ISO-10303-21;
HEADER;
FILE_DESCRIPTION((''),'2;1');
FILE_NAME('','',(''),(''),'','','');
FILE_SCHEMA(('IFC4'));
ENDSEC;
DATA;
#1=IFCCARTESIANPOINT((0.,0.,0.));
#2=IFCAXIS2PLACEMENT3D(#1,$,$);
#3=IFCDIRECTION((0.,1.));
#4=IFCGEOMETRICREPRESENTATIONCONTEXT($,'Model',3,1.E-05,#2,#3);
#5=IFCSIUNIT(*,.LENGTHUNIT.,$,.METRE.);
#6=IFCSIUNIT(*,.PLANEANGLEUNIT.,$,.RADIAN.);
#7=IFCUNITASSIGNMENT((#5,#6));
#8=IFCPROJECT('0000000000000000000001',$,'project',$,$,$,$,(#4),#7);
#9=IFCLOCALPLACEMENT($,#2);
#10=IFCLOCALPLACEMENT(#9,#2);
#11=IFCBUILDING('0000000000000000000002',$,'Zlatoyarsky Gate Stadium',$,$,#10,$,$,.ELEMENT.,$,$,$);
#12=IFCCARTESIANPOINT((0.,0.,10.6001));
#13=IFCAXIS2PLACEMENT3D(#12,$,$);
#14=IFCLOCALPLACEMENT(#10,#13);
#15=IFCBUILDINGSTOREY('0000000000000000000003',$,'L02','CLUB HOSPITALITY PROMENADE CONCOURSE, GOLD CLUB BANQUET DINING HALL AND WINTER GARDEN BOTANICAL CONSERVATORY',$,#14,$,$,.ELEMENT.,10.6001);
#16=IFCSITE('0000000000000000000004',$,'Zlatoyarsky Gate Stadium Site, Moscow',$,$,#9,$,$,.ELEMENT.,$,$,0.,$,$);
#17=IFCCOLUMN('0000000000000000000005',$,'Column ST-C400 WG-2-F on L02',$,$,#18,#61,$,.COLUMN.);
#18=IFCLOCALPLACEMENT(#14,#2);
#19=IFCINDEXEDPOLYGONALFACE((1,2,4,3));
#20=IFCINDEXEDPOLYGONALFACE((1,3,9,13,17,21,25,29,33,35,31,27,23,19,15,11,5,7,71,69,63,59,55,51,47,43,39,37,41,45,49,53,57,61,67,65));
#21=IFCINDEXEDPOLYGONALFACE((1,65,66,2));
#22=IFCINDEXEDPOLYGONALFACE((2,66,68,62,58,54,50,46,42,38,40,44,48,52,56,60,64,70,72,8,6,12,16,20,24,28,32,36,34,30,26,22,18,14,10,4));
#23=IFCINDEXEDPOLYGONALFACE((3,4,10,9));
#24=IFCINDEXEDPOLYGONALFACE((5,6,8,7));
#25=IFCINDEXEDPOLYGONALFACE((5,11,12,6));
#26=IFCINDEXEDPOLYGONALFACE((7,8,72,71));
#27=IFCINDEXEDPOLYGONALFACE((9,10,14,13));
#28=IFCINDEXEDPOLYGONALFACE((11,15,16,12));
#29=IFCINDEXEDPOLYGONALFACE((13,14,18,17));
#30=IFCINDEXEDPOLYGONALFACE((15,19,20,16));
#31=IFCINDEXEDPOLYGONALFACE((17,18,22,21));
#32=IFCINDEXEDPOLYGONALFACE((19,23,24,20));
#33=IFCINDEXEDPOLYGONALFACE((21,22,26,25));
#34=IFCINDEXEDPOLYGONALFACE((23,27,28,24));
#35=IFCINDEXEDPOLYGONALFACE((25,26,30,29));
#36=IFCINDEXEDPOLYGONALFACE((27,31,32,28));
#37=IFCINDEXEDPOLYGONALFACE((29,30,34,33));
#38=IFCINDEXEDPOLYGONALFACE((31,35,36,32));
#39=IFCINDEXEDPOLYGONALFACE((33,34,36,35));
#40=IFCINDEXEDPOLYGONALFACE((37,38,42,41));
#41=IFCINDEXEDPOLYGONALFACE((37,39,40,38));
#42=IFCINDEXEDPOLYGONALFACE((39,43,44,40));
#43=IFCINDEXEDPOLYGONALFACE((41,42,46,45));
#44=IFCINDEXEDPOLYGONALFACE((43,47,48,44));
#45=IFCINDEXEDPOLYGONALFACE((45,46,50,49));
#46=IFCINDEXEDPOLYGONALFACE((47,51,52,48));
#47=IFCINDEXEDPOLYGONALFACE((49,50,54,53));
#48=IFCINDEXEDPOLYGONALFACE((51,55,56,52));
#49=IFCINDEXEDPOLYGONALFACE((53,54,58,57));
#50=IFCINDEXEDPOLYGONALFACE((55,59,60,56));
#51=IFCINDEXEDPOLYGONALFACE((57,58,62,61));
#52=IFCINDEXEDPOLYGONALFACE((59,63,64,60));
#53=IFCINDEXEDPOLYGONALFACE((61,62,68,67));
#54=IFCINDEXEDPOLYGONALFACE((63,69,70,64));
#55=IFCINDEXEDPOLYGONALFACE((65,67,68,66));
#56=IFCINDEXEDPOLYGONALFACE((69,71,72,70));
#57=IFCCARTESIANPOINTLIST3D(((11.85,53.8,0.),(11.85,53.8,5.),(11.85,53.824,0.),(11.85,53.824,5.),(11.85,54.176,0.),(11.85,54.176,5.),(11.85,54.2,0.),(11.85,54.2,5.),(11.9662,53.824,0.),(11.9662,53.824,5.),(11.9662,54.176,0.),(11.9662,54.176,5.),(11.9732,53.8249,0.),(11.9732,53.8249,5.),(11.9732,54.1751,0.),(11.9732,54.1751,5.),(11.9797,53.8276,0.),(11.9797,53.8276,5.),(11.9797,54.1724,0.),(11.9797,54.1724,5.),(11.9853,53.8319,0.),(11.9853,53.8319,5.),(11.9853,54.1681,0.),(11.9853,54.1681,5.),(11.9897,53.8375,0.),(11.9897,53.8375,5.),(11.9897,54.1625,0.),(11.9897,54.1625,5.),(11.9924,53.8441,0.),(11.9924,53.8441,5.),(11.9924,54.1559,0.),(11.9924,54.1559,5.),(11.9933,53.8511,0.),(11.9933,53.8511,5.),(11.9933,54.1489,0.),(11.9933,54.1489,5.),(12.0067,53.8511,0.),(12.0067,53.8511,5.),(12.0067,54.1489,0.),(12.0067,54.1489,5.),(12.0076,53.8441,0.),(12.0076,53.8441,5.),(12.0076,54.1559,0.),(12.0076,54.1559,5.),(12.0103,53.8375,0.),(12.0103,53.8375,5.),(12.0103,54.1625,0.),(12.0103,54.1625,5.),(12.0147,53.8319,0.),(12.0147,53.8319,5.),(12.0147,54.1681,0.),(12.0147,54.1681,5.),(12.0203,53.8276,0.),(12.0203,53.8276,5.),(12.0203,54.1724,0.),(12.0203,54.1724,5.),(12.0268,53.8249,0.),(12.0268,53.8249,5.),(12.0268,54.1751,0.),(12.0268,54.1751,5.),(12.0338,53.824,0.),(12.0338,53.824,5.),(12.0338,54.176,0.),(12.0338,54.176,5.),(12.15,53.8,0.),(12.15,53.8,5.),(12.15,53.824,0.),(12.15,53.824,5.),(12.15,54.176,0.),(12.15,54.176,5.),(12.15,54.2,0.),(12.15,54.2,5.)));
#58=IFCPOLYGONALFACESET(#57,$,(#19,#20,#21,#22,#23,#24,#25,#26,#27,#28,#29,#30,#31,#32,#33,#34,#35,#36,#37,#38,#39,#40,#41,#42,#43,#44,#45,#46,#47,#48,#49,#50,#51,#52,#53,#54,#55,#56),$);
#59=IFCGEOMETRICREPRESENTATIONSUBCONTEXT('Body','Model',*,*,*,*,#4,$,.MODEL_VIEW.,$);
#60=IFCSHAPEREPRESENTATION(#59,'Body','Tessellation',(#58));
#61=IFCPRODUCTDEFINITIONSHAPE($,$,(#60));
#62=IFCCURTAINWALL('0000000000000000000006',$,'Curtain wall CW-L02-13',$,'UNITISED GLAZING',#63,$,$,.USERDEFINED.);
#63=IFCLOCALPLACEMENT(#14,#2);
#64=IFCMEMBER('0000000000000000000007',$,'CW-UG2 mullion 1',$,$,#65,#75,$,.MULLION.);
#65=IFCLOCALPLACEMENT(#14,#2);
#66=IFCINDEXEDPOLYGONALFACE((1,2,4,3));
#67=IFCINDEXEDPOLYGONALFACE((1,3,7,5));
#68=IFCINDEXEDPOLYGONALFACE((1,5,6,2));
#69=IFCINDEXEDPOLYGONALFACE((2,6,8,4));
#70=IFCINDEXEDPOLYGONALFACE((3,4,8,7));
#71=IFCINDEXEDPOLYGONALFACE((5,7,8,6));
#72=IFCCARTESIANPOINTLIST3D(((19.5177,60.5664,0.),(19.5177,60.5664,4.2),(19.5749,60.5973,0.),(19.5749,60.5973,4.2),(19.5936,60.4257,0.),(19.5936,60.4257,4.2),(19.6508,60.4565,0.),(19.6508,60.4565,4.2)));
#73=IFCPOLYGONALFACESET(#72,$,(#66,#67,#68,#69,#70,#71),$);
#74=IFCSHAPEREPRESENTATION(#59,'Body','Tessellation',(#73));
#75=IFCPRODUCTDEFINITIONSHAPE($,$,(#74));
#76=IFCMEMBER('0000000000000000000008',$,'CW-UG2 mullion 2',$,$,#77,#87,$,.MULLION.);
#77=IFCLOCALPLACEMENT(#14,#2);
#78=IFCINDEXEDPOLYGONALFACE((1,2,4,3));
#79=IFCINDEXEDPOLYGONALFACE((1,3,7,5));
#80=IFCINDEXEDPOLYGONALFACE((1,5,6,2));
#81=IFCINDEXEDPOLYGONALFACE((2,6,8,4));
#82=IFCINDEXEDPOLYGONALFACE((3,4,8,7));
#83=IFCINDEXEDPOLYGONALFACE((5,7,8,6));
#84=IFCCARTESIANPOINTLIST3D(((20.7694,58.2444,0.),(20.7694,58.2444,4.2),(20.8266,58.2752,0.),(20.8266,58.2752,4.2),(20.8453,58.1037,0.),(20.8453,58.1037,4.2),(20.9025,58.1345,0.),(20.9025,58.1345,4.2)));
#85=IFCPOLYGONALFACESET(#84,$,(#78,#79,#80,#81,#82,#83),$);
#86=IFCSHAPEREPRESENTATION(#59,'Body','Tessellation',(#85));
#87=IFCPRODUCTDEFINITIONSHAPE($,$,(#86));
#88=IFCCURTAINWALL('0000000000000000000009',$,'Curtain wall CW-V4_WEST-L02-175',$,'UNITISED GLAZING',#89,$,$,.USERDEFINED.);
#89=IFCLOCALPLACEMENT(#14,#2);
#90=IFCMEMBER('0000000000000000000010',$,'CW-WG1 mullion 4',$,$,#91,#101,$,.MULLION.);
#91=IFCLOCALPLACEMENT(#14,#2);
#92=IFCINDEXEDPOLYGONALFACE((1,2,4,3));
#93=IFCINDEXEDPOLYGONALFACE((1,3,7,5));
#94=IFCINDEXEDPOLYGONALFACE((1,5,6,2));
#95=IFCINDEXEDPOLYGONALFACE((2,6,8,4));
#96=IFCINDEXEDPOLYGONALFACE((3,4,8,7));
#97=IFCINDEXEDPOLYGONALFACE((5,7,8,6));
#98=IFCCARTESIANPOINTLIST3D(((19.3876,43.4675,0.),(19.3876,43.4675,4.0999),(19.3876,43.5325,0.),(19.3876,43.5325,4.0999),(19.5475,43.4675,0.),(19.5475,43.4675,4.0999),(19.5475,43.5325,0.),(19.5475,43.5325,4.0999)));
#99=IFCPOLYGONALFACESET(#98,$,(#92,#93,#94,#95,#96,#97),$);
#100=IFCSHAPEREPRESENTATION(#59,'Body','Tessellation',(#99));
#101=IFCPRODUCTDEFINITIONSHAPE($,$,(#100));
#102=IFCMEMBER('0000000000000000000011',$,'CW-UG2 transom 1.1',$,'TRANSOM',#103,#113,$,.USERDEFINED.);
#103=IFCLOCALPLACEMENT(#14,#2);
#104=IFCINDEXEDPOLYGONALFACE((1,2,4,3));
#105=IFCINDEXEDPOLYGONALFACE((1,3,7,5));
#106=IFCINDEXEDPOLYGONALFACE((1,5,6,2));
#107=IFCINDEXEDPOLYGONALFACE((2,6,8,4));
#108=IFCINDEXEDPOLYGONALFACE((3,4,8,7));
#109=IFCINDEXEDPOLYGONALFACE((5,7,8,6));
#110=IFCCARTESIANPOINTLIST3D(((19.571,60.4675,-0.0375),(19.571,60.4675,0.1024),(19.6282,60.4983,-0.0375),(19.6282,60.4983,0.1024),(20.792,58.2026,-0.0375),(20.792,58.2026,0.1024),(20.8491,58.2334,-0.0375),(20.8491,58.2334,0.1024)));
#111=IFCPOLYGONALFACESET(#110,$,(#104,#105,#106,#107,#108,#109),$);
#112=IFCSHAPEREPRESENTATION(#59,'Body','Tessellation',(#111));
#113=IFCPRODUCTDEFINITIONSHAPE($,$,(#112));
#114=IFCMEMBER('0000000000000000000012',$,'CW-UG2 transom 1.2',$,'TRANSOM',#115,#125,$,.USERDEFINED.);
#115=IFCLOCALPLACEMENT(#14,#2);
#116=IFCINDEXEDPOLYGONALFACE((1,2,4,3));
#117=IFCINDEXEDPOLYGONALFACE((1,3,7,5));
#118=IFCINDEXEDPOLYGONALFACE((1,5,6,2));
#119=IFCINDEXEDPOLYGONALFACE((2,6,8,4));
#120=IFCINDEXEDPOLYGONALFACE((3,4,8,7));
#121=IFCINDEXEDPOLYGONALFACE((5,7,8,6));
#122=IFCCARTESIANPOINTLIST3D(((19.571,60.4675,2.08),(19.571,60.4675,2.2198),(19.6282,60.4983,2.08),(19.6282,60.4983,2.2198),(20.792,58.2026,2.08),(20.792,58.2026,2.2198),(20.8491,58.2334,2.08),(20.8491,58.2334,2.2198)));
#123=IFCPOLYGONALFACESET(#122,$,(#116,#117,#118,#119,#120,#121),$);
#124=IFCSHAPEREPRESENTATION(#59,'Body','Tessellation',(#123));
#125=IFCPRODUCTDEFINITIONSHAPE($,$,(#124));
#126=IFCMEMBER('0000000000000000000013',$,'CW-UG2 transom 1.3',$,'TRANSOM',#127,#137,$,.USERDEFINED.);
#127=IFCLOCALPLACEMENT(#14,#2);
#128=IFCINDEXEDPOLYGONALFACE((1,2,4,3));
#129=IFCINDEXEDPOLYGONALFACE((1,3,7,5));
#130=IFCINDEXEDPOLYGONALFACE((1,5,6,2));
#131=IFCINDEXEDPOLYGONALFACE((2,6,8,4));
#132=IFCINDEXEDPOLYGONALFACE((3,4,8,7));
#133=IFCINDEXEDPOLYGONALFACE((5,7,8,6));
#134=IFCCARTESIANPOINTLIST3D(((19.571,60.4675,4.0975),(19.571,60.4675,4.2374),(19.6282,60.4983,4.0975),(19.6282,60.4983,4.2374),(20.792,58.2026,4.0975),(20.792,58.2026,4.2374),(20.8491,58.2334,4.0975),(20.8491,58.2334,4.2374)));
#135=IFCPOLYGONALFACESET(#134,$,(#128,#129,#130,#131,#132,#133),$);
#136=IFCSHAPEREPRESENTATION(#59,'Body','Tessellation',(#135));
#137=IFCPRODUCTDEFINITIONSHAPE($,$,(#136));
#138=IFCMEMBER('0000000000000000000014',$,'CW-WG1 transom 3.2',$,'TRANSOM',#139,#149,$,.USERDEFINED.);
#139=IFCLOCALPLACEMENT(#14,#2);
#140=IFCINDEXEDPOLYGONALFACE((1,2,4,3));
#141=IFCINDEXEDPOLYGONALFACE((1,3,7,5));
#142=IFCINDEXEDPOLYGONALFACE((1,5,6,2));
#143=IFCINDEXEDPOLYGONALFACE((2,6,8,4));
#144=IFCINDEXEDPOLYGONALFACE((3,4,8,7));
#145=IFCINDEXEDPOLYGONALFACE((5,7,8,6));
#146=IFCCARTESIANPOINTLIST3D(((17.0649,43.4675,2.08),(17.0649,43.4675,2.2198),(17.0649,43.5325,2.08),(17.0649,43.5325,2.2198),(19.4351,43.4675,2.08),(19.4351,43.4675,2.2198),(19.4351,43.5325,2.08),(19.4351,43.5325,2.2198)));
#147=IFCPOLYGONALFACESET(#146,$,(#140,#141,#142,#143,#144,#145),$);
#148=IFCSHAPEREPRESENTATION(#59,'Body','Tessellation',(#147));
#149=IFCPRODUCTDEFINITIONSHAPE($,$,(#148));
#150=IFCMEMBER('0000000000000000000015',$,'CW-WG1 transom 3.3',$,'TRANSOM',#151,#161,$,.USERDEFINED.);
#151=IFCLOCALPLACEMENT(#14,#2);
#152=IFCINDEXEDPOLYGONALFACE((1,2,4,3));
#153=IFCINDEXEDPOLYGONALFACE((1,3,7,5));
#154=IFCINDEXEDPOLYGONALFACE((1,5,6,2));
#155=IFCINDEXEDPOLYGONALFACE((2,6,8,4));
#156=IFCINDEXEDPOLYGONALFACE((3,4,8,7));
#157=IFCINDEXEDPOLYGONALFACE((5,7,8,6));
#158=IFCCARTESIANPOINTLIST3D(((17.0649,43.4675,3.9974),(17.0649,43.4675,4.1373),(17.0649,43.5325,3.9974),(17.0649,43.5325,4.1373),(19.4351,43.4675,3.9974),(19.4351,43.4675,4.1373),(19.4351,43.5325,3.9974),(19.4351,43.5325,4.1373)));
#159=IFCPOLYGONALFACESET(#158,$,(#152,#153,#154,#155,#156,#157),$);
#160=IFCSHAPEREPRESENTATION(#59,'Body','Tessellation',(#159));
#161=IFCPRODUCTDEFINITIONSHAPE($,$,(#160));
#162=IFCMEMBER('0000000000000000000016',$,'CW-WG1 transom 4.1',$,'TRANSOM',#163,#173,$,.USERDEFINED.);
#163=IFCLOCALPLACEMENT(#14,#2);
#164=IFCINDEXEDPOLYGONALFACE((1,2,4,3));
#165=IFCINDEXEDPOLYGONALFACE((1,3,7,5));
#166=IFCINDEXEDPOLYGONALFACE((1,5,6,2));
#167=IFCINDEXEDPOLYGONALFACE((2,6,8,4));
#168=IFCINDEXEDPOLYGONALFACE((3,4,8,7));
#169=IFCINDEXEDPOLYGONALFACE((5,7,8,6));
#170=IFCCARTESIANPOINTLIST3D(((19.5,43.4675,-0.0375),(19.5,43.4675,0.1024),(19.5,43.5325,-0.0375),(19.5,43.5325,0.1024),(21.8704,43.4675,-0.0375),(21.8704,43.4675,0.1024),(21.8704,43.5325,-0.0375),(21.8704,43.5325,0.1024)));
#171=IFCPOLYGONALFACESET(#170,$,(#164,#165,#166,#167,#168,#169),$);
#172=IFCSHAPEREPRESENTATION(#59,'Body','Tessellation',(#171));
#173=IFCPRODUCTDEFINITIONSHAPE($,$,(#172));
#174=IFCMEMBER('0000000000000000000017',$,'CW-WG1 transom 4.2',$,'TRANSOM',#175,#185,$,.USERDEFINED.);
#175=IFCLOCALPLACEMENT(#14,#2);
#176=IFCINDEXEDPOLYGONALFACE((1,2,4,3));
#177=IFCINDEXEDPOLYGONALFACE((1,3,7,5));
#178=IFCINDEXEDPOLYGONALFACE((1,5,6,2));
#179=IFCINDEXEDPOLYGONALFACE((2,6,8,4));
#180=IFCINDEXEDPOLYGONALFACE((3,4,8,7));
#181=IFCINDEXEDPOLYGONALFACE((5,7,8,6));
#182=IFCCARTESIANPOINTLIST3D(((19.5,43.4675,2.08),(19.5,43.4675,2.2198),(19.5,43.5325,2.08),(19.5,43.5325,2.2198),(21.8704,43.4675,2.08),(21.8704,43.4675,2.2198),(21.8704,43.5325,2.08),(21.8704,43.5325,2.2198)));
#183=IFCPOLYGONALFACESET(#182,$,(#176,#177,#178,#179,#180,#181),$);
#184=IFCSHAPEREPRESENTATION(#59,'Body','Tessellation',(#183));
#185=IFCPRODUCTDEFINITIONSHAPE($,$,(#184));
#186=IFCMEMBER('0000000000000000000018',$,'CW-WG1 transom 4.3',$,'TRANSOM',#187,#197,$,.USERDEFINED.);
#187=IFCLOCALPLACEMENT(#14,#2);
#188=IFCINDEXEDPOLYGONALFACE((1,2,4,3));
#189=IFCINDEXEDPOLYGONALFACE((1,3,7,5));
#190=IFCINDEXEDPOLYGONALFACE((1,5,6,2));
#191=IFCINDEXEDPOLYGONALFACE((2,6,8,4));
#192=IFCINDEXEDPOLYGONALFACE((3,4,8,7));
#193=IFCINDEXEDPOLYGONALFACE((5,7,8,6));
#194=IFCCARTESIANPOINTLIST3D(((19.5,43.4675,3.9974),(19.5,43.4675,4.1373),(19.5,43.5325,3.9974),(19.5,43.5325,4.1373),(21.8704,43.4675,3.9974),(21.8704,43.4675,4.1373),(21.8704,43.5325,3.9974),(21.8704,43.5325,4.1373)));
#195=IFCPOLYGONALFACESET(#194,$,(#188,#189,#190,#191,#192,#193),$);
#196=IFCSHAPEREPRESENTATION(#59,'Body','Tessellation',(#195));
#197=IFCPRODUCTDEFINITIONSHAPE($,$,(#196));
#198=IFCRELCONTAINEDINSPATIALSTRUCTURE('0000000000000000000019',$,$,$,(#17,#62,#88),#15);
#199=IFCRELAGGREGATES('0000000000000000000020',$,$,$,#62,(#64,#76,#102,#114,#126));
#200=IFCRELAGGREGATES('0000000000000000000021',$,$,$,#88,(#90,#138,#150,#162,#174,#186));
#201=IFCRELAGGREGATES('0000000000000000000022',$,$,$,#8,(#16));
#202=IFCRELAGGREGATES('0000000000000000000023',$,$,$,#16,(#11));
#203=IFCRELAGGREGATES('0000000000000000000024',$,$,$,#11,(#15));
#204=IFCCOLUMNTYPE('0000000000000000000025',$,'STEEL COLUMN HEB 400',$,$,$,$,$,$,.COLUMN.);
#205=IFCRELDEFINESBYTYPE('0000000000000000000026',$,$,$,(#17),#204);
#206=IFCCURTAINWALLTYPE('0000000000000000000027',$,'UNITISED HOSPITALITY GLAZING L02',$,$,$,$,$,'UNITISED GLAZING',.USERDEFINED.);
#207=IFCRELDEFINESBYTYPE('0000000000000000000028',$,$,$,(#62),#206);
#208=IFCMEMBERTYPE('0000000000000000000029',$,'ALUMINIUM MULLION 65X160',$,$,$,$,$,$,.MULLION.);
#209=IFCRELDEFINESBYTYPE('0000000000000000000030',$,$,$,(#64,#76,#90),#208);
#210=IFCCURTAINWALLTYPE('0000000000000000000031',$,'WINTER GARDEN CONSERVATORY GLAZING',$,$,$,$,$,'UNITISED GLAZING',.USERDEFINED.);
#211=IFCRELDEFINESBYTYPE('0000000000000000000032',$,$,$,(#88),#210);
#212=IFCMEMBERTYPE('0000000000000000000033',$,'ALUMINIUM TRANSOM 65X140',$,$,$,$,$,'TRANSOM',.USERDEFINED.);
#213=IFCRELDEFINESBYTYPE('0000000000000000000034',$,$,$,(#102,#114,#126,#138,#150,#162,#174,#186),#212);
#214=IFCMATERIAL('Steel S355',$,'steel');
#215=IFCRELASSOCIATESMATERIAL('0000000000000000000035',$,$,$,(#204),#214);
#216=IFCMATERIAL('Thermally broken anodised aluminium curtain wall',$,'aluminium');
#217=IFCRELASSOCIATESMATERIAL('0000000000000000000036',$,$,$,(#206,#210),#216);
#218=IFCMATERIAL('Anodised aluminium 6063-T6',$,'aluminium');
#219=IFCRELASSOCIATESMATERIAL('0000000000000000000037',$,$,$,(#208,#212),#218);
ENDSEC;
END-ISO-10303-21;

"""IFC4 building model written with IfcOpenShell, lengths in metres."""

from ifc_helpers import new_model, si_unit, direction, frame, origin, origin_2d, place, context, subcontext, project, spatial, rectangle, i_section, extrude, material, material_profile, profile_set, type_object, element, aggregate, save


model = new_model("IFC4")

# Units and contexts
model_context = context("Model", 3, precision=1e-05, world=origin(), true_north=direction((0.0, 1.0)))
body_context = subcontext(model_context, "Body", "Model", "MODEL_VIEW")
ifc_project = project(units=[si_unit("LENGTHUNIT", "METRE"), si_unit("PLANEANGLEUNIT", "RADIAN")], contexts=[model_context])

# Site, building, storey
site_placement = place(None, origin())
site = spatial("IfcSite", under=ifc_project, at=site_placement, Name="Zlatoyarsky Gate Stadium Site, Moscow", CompositionType="ELEMENT", RefElevation=0.0)
building_placement = place(site_placement, origin())
building = spatial("IfcBuilding", under=site, at=building_placement, Name="Zlatoyarsky Gate Stadium", CompositionType="ELEMENT")
storey_placement = place(building_placement, frame((0.0, 0.0, 10.6001)))
storey = spatial("IfcBuildingStorey", under=building, at=storey_placement, Name="L02", Description="CLUB HOSPITALITY PROMENADE CONCOURSE, GOLD CLUB BANQUET DINING HALL AND WINTER GARDEN BOTANICAL CONSERVATORY", CompositionType="ELEMENT", Elevation=10.6001)

# Column
ifc_material_1 = material(Name="Steel S355", Category="steel")
ifc_material_profile_1 = material_profile(ifc_material_1, i_section(OverallWidth=0.3, OverallDepth=0.3999, WebThickness=0.0134, FlangeThickness=0.0239, FilletRadius=0.0271, at=origin_2d()), Name="HEB 400")
ifc_profile_set_1 = profile_set([ifc_material_profile_1], Name="Steel S355")
column_type = type_object("IfcColumnType", Name="STEEL COLUMN HEB 400", PredefinedType="COLUMN", material=ifc_profile_set_1)
column_placement = place(storey_placement, frame((12.0, 54.0, 0.0), z_axis=(0.0, 0.0, 1.0), x_axis=(1.0, 0.0, 0.0)))
element("IfcColumn", 1, at=column_placement, inside=storey, type_object=column_type, Name="Column ST-C400 WG-2-F on L02", PredefinedType="COLUMN", context=body_context, shape_type="SweptSolid", body=[
    extrude(i_section(OverallWidth=0.3, OverallDepth=0.3999, WebThickness=0.0134, FlangeThickness=0.0239, FilletRadius=0.0271, at=origin_2d()), origin(), (0.0, 0.0, 1.0), 5.0),
])

# Curtain wall, members
ifc_material_2 = material(Name="Thermally broken anodised aluminium curtain wall", Category="aluminium")
curtain_wall_type_1 = type_object("IfcCurtainWallType", Name="UNITISED HOSPITALITY GLAZING L02", ElementType="UNITISED GLAZING", PredefinedType="USERDEFINED", material=ifc_material_2)
curtain_wall_1_placement = place(storey_placement, origin())
curtain_wall_1 = element("IfcCurtainWall", 2, at=curtain_wall_1_placement, inside=storey, type_object=curtain_wall_type_1, Name="Curtain wall CW-L02-13", ObjectType="UNITISED GLAZING", PredefinedType="USERDEFINED")
ifc_material_3 = material(Name="Anodised aluminium 6063-T6", Category="aluminium")
ifc_material_profile_2 = material_profile(ifc_material_3, rectangle(XDim=0.0649, YDim=0.1599, at=origin_2d()), Name="ALU 65X160")
ifc_profile_set_2 = profile_set([ifc_material_profile_2], Name="Anodised aluminium 6063-T6")
member_type_1 = type_object("IfcMemberType", Name="ALUMINIUM MULLION 65X160", PredefinedType="MULLION", material=ifc_profile_set_2)
member_1_placement = place(storey_placement, frame((19.5842, 60.5115, 0.0), z_axis=(0.0, 0.0, 1.0), x_axis=(0.880236, 0.474536, 0.0)))
member_1 = element("IfcMember", 3, at=member_1_placement, type_object=member_type_1, Name="CW-UG2 mullion 1", PredefinedType="MULLION", context=body_context, shape_type="SweptSolid", body=[
    extrude(rectangle(XDim=0.0649, YDim=0.1599, at=origin_2d()), origin(), (0.0, 0.0, 1.0), 4.2),
])
member_2_placement = place(storey_placement, frame((20.8359, 58.1895, 0.0), z_axis=(0.0, 0.0, 1.0), x_axis=(0.880236, 0.474536, 0.0)))
member_2 = element("IfcMember", 4, at=member_2_placement, type_object=member_type_1, Name="CW-UG2 mullion 2", PredefinedType="MULLION", context=body_context, shape_type="SweptSolid", body=[
    extrude(rectangle(XDim=0.0649, YDim=0.1599, at=origin_2d()), origin(), (0.0, 0.0, 1.0), 4.2),
])

# Curtain wall, member
curtain_wall_type_2 = type_object("IfcCurtainWallType", Name="WINTER GARDEN CONSERVATORY GLAZING", ElementType="UNITISED GLAZING", PredefinedType="USERDEFINED", material=ifc_material_2)
curtain_wall_2_placement = place(storey_placement, origin())
curtain_wall_2 = element("IfcCurtainWall", 5, at=curtain_wall_2_placement, inside=storey, type_object=curtain_wall_type_2, Name="Curtain wall CW-V4_WEST-L02-175", ObjectType="UNITISED GLAZING", PredefinedType="USERDEFINED")
member_3_placement = place(storey_placement, frame((19.4675, 43.5, 0.0), z_axis=(0.0, 0.0, 1.0), x_axis=(0.0, 1.0, 0.0)))
member_3 = element("IfcMember", 6, at=member_3_placement, type_object=member_type_1, Name="CW-WG1 mullion 4", PredefinedType="MULLION", context=body_context, shape_type="SweptSolid", body=[
    extrude(rectangle(XDim=0.0649, YDim=0.1599, at=origin_2d()), origin(), (0.0, 0.0, 1.0), 4.0999),
])

# Members
ifc_material_profile_3 = material_profile(ifc_material_3, rectangle(XDim=0.0649, YDim=0.1399, at=origin_2d()), Name="ALU 65X140")
ifc_profile_set_3 = profile_set([ifc_material_profile_3], Name="Anodised aluminium 6063-T6")
member_type_2 = type_object("IfcMemberType", Name="ALUMINIUM TRANSOM 65X140", ElementType="TRANSOM", PredefinedType="USERDEFINED", material=ifc_profile_set_3)
member_4_placement = place(storey_placement, frame((19.5996, 60.4829, 0.0325), z_axis=(0.474518, -0.880246, 0.0), x_axis=(0.880246, 0.474518, 0.0)))
member_4 = element("IfcMember", 7, at=member_4_placement, type_object=member_type_2, Name="CW-UG2 transom 1.1", ObjectType="TRANSOM", PredefinedType="USERDEFINED", context=body_context, shape_type="SweptSolid", body=[
    extrude(rectangle(XDim=0.0649, YDim=0.1399, at=origin_2d()), origin(), (0.0, 0.0, 1.0), 2.573),
])
member_5_placement = place(storey_placement, frame((19.5996, 60.4829, 2.1499), z_axis=(0.474518, -0.880246, 0.0), x_axis=(0.880246, 0.474518, 0.0)))
member_5 = element("IfcMember", 8, at=member_5_placement, type_object=member_type_2, Name="CW-UG2 transom 1.2", ObjectType="TRANSOM", PredefinedType="USERDEFINED", context=body_context, shape_type="SweptSolid", body=[
    extrude(rectangle(XDim=0.0649, YDim=0.1399, at=origin_2d()), origin(), (0.0, 0.0, 1.0), 2.573),
])
member_6_placement = place(storey_placement, frame((19.5996, 60.4829, 4.1675), z_axis=(0.474518, -0.880246, 0.0), x_axis=(0.880246, 0.474518, 0.0)))
member_6 = element("IfcMember", 9, at=member_6_placement, type_object=member_type_2, Name="CW-UG2 transom 1.3", ObjectType="TRANSOM", PredefinedType="USERDEFINED", context=body_context, shape_type="SweptSolid", body=[
    extrude(rectangle(XDim=0.0649, YDim=0.1399, at=origin_2d()), origin(), (0.0, 0.0, 1.0), 2.573),
])
member_7_placement = place(storey_placement, frame((17.0649, 43.5, 2.1499), z_axis=(1.0, 0.0, 0.0), x_axis=(0.0, 1.0, 0.0)))
member_7 = element("IfcMember", 10, at=member_7_placement, type_object=member_type_2, Name="CW-WG1 transom 3.2", ObjectType="TRANSOM", PredefinedType="USERDEFINED", context=body_context, shape_type="SweptSolid", body=[
    extrude(rectangle(XDim=0.0649, YDim=0.1399, at=origin_2d()), origin(), (0.0, 0.0, 1.0), 2.3701),
])
member_8_placement = place(storey_placement, frame((17.0649, 43.5, 4.0674), z_axis=(1.0, 0.0, 0.0), x_axis=(0.0, 1.0, 0.0)))
member_8 = element("IfcMember", 11, at=member_8_placement, type_object=member_type_2, Name="CW-WG1 transom 3.3", ObjectType="TRANSOM", PredefinedType="USERDEFINED", context=body_context, shape_type="SweptSolid", body=[
    extrude(rectangle(XDim=0.0649, YDim=0.1399, at=origin_2d()), origin(), (0.0, 0.0, 1.0), 2.3701),
])
member_9_placement = place(storey_placement, frame((19.5, 43.5, 0.0325), z_axis=(1.0, 0.0, 0.0), x_axis=(0.0, 1.0, 0.0)))
member_9 = element("IfcMember", 12, at=member_9_placement, type_object=member_type_2, Name="CW-WG1 transom 4.1", ObjectType="TRANSOM", PredefinedType="USERDEFINED", context=body_context, shape_type="SweptSolid", body=[
    extrude(rectangle(XDim=0.0649, YDim=0.1399, at=origin_2d()), origin(), (0.0, 0.0, 1.0), 2.3704),
])
member_10_placement = place(storey_placement, frame((19.5, 43.5, 2.1499), z_axis=(1.0, 0.0, 0.0), x_axis=(0.0, 1.0, 0.0)))
member_10 = element("IfcMember", 13, at=member_10_placement, type_object=member_type_2, Name="CW-WG1 transom 4.2", ObjectType="TRANSOM", PredefinedType="USERDEFINED", context=body_context, shape_type="SweptSolid", body=[
    extrude(rectangle(XDim=0.0649, YDim=0.1399, at=origin_2d()), origin(), (0.0, 0.0, 1.0), 2.3704),
])
member_11_placement = place(storey_placement, frame((19.5, 43.5, 4.0674), z_axis=(1.0, 0.0, 0.0), x_axis=(0.0, 1.0, 0.0)))
member_11 = element("IfcMember", 14, at=member_11_placement, type_object=member_type_2, Name="CW-WG1 transom 4.3", ObjectType="TRANSOM", PredefinedType="USERDEFINED", context=body_context, shape_type="SweptSolid", body=[
    extrude(rectangle(XDim=0.0649, YDim=0.1399, at=origin_2d()), origin(), (0.0, 0.0, 1.0), 2.3704),
])

aggregate(curtain_wall_1, [member_1, member_2, member_4, member_5, member_6])
aggregate(curtain_wall_2, [member_3, member_7, member_8, member_9, member_10, member_11])

save(model, "model.ifc")
